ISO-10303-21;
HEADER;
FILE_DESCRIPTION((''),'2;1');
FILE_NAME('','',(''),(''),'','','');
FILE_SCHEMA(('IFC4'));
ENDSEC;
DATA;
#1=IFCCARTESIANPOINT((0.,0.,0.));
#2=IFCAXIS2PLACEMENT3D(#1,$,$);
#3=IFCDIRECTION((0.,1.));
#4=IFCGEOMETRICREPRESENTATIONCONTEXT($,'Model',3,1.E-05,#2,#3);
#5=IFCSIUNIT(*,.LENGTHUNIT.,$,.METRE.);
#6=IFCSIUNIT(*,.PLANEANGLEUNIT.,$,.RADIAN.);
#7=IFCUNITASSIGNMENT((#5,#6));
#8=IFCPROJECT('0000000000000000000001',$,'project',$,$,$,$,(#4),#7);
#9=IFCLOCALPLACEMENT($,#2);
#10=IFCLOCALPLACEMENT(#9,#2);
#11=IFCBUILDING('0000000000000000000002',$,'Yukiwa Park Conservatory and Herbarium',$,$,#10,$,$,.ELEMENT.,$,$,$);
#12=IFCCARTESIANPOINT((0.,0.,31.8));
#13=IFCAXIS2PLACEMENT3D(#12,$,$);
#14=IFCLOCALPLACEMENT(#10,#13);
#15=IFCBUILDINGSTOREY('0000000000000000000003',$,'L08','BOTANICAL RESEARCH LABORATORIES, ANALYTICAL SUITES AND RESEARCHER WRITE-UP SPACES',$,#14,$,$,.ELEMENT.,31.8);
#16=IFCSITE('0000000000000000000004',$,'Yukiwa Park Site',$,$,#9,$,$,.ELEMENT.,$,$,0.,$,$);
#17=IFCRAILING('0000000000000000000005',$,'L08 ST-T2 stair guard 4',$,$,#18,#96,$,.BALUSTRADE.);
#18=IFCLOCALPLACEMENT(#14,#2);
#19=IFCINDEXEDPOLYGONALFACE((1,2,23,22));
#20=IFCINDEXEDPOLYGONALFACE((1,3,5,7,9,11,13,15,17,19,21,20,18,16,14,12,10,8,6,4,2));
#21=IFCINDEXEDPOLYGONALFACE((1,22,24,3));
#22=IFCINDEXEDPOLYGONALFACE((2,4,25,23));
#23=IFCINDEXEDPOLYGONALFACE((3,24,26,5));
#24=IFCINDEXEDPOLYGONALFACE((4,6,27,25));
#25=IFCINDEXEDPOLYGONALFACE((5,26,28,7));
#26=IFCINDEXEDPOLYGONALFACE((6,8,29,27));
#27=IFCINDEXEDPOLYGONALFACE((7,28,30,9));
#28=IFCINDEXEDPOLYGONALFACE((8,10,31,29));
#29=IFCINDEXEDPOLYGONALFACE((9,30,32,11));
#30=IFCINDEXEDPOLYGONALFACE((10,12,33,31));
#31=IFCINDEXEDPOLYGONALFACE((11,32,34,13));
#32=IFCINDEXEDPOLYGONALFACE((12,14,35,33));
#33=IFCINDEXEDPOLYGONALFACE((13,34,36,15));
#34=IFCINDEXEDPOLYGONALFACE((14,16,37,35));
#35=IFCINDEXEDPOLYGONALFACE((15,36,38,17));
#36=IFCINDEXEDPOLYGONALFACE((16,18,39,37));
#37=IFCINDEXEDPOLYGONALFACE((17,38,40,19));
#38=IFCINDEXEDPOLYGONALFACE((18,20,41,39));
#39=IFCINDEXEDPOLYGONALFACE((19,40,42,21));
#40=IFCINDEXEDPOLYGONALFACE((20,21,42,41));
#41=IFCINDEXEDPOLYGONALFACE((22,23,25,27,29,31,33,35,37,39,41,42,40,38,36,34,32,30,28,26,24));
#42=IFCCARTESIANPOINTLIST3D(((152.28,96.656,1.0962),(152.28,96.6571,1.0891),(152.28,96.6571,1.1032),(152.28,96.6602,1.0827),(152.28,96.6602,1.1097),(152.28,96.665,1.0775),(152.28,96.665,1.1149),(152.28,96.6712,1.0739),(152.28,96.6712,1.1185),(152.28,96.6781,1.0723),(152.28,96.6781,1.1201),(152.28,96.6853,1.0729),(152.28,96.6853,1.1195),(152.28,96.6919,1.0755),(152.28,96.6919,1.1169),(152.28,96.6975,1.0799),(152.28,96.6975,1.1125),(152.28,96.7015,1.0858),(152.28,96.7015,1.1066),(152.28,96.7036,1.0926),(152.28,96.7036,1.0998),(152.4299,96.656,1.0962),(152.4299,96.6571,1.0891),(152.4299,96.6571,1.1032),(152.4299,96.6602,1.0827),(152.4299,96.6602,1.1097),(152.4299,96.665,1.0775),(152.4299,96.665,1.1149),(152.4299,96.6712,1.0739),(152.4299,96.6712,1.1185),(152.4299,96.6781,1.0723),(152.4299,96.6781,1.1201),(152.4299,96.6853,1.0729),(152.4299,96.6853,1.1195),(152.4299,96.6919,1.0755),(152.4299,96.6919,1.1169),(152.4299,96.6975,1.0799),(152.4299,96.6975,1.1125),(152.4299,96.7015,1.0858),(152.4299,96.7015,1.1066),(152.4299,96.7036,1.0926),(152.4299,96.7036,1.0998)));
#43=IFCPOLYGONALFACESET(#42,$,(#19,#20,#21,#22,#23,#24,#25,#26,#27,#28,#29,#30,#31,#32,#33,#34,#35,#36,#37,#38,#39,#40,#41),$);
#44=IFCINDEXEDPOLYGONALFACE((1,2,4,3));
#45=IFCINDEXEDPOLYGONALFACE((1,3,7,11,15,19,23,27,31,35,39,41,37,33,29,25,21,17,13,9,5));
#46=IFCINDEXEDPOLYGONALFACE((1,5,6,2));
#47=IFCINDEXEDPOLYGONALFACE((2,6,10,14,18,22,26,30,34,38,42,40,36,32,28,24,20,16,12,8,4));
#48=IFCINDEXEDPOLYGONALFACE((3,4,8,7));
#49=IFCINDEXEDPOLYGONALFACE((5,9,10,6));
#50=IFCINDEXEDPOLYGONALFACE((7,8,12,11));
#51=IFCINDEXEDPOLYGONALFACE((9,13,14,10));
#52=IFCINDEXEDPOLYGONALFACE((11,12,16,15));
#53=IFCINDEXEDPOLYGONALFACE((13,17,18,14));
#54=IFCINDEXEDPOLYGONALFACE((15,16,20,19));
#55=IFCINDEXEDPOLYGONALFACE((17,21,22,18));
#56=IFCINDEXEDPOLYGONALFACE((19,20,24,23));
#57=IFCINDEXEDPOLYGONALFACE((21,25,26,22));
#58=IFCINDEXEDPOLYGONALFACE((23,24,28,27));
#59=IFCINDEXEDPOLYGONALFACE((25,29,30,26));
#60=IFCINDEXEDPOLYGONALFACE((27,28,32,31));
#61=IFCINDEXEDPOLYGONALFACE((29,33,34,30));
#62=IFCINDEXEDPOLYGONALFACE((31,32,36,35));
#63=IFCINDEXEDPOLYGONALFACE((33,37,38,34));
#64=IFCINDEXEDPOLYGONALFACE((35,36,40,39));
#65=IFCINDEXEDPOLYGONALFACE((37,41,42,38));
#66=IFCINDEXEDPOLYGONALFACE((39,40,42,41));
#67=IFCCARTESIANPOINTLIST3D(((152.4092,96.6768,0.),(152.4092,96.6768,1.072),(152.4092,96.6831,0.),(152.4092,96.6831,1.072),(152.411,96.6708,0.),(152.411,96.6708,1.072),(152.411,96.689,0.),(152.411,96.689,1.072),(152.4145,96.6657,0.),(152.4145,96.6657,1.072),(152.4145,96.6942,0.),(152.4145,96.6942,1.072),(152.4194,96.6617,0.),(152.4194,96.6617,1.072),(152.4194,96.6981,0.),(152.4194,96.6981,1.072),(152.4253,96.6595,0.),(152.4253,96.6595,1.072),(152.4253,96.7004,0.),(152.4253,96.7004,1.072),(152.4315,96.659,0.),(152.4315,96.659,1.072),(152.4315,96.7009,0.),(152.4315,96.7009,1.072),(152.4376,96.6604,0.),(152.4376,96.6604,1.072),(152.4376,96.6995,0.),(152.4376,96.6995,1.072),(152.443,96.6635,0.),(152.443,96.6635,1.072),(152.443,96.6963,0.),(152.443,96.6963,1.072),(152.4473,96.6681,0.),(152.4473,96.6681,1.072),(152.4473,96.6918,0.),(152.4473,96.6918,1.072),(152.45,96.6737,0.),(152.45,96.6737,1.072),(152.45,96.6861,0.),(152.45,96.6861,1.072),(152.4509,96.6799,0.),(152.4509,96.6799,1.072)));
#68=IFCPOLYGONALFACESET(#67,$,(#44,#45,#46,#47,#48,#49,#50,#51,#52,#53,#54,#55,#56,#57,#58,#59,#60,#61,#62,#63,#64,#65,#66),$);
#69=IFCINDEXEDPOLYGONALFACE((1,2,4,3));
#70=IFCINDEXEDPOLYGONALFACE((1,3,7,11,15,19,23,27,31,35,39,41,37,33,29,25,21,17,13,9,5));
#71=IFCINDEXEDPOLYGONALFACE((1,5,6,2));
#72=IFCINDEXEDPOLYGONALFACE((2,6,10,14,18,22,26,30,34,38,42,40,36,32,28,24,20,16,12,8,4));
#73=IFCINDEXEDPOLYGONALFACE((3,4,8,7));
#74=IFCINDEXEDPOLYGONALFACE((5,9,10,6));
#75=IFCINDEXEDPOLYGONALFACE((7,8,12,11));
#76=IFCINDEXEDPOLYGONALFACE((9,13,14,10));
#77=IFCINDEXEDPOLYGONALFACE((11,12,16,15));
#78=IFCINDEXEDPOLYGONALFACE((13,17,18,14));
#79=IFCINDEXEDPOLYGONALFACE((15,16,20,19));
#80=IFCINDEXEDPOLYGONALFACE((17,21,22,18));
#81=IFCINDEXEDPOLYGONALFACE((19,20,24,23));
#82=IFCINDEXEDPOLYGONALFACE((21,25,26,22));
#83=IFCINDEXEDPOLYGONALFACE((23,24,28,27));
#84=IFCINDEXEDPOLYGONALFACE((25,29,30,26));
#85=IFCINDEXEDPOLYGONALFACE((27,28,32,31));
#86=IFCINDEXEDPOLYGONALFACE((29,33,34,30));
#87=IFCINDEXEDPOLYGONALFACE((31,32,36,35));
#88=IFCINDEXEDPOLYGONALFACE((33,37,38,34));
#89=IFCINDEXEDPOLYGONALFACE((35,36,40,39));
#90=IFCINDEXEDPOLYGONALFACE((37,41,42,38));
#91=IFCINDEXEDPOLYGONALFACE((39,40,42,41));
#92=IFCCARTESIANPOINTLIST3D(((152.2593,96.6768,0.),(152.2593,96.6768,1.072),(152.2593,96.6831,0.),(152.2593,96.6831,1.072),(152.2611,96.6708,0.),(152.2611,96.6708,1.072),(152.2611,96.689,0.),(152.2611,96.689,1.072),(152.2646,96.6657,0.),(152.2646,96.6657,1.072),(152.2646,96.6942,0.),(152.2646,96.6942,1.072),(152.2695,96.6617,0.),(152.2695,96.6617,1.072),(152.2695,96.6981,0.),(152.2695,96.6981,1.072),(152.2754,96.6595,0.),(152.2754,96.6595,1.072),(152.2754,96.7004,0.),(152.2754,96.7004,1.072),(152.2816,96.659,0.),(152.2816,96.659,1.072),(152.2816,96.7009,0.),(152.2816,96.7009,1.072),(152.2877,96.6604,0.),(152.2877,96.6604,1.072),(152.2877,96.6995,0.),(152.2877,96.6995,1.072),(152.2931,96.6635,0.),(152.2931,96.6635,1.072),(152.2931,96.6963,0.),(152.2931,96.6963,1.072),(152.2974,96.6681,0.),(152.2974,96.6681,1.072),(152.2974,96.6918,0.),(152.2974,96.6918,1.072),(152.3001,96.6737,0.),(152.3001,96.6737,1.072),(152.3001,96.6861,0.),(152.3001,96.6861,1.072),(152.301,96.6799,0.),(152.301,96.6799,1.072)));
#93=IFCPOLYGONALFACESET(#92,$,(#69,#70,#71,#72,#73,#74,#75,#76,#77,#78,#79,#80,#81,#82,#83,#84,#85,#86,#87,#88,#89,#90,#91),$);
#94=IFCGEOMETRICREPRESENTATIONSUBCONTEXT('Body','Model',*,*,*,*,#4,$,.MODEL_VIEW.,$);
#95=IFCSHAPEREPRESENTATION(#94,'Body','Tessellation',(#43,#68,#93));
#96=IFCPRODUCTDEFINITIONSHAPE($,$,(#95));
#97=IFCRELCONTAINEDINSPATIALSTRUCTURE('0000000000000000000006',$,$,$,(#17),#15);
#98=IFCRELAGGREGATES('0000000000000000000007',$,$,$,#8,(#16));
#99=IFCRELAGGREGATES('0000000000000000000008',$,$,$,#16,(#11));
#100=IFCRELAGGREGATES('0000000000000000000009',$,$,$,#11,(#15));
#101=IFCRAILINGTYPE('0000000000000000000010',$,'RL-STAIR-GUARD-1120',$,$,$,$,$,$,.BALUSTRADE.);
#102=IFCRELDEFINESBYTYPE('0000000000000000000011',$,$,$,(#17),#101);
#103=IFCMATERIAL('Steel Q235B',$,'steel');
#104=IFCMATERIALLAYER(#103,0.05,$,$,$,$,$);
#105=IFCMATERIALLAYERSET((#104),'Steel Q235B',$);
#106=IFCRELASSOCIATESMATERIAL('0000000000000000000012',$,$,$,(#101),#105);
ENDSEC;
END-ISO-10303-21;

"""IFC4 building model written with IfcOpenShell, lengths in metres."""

from ifc_helpers import new_model, si_unit, direction, frame, origin, origin_2d, place, context, subcontext, project, spatial, circle, extrude, material, layer, layer_set, type_object, element, save


model = new_model("IFC4")

# Units and contexts
model_context = context("Model", 3, precision=1e-05, world=origin(), true_north=direction((0.0, 1.0)))
body_context = subcontext(model_context, "Body", "Model", "MODEL_VIEW")
ifc_project = project(units=[si_unit("LENGTHUNIT", "METRE"), si_unit("PLANEANGLEUNIT", "RADIAN")], contexts=[model_context])

# Site, building, storey
site_placement = place(None, origin())
site = spatial("IfcSite", under=ifc_project, at=site_placement, Name="Yukiwa Park Site", CompositionType="ELEMENT", RefElevation=0.0)
building_placement = place(site_placement, origin())
building = spatial("IfcBuilding", under=site, at=building_placement, Name="Yukiwa Park Conservatory and Herbarium", CompositionType="ELEMENT")
storey_placement = place(building_placement, frame((0.0, 0.0, 31.8)))
storey = spatial("IfcBuildingStorey", under=building, at=storey_placement, Name="L08", Description="BOTANICAL RESEARCH LABORATORIES, ANALYTICAL SUITES AND RESEARCHER WRITE-UP SPACES", CompositionType="ELEMENT", Elevation=31.8)

# Railing
ifc_material_1 = material(Name="Steel Q235B", Category="steel")
ifc_layer_1 = layer(ifc_material_1, 0.05)
ifc_layer_set_1 = layer_set([ifc_layer_1], Name="Steel Q235B")
railing_type_1 = type_object("IfcRailingType", Name="RL-STAIR-GUARD-1120", PredefinedType="BALUSTRADE", material=ifc_layer_set_1)
railing_1_placement = place(storey_placement, frame((152.4299, 96.6799, 0.0)))
element("IfcRailing", 1, at=railing_1_placement, inside=storey, type_object=railing_type_1, Name="L08 ST-T2 stair guard 4", PredefinedType="BALUSTRADE", context=body_context, shape_type="SweptSolid", body=[
    extrude(circle(Radius=0.0239, at=origin_2d()), frame((0.0, 0.0, 1.0962), z_axis=(-1.0, 0.0, 0.0), x_axis=(0.0, -1.0, 0.0)), (0.0, 0.0, 1.0), 0.1499),
    extrude(circle(Radius=0.021, at=origin_2d()), origin(), (0.0, 0.0, 1.0), 1.072),
    extrude(circle(Radius=0.021, at=origin_2d()), frame((-0.1499, 0.0, 0.0)), (0.0, 0.0, 1.0), 1.072),
])

save(model, "model.ifc")
